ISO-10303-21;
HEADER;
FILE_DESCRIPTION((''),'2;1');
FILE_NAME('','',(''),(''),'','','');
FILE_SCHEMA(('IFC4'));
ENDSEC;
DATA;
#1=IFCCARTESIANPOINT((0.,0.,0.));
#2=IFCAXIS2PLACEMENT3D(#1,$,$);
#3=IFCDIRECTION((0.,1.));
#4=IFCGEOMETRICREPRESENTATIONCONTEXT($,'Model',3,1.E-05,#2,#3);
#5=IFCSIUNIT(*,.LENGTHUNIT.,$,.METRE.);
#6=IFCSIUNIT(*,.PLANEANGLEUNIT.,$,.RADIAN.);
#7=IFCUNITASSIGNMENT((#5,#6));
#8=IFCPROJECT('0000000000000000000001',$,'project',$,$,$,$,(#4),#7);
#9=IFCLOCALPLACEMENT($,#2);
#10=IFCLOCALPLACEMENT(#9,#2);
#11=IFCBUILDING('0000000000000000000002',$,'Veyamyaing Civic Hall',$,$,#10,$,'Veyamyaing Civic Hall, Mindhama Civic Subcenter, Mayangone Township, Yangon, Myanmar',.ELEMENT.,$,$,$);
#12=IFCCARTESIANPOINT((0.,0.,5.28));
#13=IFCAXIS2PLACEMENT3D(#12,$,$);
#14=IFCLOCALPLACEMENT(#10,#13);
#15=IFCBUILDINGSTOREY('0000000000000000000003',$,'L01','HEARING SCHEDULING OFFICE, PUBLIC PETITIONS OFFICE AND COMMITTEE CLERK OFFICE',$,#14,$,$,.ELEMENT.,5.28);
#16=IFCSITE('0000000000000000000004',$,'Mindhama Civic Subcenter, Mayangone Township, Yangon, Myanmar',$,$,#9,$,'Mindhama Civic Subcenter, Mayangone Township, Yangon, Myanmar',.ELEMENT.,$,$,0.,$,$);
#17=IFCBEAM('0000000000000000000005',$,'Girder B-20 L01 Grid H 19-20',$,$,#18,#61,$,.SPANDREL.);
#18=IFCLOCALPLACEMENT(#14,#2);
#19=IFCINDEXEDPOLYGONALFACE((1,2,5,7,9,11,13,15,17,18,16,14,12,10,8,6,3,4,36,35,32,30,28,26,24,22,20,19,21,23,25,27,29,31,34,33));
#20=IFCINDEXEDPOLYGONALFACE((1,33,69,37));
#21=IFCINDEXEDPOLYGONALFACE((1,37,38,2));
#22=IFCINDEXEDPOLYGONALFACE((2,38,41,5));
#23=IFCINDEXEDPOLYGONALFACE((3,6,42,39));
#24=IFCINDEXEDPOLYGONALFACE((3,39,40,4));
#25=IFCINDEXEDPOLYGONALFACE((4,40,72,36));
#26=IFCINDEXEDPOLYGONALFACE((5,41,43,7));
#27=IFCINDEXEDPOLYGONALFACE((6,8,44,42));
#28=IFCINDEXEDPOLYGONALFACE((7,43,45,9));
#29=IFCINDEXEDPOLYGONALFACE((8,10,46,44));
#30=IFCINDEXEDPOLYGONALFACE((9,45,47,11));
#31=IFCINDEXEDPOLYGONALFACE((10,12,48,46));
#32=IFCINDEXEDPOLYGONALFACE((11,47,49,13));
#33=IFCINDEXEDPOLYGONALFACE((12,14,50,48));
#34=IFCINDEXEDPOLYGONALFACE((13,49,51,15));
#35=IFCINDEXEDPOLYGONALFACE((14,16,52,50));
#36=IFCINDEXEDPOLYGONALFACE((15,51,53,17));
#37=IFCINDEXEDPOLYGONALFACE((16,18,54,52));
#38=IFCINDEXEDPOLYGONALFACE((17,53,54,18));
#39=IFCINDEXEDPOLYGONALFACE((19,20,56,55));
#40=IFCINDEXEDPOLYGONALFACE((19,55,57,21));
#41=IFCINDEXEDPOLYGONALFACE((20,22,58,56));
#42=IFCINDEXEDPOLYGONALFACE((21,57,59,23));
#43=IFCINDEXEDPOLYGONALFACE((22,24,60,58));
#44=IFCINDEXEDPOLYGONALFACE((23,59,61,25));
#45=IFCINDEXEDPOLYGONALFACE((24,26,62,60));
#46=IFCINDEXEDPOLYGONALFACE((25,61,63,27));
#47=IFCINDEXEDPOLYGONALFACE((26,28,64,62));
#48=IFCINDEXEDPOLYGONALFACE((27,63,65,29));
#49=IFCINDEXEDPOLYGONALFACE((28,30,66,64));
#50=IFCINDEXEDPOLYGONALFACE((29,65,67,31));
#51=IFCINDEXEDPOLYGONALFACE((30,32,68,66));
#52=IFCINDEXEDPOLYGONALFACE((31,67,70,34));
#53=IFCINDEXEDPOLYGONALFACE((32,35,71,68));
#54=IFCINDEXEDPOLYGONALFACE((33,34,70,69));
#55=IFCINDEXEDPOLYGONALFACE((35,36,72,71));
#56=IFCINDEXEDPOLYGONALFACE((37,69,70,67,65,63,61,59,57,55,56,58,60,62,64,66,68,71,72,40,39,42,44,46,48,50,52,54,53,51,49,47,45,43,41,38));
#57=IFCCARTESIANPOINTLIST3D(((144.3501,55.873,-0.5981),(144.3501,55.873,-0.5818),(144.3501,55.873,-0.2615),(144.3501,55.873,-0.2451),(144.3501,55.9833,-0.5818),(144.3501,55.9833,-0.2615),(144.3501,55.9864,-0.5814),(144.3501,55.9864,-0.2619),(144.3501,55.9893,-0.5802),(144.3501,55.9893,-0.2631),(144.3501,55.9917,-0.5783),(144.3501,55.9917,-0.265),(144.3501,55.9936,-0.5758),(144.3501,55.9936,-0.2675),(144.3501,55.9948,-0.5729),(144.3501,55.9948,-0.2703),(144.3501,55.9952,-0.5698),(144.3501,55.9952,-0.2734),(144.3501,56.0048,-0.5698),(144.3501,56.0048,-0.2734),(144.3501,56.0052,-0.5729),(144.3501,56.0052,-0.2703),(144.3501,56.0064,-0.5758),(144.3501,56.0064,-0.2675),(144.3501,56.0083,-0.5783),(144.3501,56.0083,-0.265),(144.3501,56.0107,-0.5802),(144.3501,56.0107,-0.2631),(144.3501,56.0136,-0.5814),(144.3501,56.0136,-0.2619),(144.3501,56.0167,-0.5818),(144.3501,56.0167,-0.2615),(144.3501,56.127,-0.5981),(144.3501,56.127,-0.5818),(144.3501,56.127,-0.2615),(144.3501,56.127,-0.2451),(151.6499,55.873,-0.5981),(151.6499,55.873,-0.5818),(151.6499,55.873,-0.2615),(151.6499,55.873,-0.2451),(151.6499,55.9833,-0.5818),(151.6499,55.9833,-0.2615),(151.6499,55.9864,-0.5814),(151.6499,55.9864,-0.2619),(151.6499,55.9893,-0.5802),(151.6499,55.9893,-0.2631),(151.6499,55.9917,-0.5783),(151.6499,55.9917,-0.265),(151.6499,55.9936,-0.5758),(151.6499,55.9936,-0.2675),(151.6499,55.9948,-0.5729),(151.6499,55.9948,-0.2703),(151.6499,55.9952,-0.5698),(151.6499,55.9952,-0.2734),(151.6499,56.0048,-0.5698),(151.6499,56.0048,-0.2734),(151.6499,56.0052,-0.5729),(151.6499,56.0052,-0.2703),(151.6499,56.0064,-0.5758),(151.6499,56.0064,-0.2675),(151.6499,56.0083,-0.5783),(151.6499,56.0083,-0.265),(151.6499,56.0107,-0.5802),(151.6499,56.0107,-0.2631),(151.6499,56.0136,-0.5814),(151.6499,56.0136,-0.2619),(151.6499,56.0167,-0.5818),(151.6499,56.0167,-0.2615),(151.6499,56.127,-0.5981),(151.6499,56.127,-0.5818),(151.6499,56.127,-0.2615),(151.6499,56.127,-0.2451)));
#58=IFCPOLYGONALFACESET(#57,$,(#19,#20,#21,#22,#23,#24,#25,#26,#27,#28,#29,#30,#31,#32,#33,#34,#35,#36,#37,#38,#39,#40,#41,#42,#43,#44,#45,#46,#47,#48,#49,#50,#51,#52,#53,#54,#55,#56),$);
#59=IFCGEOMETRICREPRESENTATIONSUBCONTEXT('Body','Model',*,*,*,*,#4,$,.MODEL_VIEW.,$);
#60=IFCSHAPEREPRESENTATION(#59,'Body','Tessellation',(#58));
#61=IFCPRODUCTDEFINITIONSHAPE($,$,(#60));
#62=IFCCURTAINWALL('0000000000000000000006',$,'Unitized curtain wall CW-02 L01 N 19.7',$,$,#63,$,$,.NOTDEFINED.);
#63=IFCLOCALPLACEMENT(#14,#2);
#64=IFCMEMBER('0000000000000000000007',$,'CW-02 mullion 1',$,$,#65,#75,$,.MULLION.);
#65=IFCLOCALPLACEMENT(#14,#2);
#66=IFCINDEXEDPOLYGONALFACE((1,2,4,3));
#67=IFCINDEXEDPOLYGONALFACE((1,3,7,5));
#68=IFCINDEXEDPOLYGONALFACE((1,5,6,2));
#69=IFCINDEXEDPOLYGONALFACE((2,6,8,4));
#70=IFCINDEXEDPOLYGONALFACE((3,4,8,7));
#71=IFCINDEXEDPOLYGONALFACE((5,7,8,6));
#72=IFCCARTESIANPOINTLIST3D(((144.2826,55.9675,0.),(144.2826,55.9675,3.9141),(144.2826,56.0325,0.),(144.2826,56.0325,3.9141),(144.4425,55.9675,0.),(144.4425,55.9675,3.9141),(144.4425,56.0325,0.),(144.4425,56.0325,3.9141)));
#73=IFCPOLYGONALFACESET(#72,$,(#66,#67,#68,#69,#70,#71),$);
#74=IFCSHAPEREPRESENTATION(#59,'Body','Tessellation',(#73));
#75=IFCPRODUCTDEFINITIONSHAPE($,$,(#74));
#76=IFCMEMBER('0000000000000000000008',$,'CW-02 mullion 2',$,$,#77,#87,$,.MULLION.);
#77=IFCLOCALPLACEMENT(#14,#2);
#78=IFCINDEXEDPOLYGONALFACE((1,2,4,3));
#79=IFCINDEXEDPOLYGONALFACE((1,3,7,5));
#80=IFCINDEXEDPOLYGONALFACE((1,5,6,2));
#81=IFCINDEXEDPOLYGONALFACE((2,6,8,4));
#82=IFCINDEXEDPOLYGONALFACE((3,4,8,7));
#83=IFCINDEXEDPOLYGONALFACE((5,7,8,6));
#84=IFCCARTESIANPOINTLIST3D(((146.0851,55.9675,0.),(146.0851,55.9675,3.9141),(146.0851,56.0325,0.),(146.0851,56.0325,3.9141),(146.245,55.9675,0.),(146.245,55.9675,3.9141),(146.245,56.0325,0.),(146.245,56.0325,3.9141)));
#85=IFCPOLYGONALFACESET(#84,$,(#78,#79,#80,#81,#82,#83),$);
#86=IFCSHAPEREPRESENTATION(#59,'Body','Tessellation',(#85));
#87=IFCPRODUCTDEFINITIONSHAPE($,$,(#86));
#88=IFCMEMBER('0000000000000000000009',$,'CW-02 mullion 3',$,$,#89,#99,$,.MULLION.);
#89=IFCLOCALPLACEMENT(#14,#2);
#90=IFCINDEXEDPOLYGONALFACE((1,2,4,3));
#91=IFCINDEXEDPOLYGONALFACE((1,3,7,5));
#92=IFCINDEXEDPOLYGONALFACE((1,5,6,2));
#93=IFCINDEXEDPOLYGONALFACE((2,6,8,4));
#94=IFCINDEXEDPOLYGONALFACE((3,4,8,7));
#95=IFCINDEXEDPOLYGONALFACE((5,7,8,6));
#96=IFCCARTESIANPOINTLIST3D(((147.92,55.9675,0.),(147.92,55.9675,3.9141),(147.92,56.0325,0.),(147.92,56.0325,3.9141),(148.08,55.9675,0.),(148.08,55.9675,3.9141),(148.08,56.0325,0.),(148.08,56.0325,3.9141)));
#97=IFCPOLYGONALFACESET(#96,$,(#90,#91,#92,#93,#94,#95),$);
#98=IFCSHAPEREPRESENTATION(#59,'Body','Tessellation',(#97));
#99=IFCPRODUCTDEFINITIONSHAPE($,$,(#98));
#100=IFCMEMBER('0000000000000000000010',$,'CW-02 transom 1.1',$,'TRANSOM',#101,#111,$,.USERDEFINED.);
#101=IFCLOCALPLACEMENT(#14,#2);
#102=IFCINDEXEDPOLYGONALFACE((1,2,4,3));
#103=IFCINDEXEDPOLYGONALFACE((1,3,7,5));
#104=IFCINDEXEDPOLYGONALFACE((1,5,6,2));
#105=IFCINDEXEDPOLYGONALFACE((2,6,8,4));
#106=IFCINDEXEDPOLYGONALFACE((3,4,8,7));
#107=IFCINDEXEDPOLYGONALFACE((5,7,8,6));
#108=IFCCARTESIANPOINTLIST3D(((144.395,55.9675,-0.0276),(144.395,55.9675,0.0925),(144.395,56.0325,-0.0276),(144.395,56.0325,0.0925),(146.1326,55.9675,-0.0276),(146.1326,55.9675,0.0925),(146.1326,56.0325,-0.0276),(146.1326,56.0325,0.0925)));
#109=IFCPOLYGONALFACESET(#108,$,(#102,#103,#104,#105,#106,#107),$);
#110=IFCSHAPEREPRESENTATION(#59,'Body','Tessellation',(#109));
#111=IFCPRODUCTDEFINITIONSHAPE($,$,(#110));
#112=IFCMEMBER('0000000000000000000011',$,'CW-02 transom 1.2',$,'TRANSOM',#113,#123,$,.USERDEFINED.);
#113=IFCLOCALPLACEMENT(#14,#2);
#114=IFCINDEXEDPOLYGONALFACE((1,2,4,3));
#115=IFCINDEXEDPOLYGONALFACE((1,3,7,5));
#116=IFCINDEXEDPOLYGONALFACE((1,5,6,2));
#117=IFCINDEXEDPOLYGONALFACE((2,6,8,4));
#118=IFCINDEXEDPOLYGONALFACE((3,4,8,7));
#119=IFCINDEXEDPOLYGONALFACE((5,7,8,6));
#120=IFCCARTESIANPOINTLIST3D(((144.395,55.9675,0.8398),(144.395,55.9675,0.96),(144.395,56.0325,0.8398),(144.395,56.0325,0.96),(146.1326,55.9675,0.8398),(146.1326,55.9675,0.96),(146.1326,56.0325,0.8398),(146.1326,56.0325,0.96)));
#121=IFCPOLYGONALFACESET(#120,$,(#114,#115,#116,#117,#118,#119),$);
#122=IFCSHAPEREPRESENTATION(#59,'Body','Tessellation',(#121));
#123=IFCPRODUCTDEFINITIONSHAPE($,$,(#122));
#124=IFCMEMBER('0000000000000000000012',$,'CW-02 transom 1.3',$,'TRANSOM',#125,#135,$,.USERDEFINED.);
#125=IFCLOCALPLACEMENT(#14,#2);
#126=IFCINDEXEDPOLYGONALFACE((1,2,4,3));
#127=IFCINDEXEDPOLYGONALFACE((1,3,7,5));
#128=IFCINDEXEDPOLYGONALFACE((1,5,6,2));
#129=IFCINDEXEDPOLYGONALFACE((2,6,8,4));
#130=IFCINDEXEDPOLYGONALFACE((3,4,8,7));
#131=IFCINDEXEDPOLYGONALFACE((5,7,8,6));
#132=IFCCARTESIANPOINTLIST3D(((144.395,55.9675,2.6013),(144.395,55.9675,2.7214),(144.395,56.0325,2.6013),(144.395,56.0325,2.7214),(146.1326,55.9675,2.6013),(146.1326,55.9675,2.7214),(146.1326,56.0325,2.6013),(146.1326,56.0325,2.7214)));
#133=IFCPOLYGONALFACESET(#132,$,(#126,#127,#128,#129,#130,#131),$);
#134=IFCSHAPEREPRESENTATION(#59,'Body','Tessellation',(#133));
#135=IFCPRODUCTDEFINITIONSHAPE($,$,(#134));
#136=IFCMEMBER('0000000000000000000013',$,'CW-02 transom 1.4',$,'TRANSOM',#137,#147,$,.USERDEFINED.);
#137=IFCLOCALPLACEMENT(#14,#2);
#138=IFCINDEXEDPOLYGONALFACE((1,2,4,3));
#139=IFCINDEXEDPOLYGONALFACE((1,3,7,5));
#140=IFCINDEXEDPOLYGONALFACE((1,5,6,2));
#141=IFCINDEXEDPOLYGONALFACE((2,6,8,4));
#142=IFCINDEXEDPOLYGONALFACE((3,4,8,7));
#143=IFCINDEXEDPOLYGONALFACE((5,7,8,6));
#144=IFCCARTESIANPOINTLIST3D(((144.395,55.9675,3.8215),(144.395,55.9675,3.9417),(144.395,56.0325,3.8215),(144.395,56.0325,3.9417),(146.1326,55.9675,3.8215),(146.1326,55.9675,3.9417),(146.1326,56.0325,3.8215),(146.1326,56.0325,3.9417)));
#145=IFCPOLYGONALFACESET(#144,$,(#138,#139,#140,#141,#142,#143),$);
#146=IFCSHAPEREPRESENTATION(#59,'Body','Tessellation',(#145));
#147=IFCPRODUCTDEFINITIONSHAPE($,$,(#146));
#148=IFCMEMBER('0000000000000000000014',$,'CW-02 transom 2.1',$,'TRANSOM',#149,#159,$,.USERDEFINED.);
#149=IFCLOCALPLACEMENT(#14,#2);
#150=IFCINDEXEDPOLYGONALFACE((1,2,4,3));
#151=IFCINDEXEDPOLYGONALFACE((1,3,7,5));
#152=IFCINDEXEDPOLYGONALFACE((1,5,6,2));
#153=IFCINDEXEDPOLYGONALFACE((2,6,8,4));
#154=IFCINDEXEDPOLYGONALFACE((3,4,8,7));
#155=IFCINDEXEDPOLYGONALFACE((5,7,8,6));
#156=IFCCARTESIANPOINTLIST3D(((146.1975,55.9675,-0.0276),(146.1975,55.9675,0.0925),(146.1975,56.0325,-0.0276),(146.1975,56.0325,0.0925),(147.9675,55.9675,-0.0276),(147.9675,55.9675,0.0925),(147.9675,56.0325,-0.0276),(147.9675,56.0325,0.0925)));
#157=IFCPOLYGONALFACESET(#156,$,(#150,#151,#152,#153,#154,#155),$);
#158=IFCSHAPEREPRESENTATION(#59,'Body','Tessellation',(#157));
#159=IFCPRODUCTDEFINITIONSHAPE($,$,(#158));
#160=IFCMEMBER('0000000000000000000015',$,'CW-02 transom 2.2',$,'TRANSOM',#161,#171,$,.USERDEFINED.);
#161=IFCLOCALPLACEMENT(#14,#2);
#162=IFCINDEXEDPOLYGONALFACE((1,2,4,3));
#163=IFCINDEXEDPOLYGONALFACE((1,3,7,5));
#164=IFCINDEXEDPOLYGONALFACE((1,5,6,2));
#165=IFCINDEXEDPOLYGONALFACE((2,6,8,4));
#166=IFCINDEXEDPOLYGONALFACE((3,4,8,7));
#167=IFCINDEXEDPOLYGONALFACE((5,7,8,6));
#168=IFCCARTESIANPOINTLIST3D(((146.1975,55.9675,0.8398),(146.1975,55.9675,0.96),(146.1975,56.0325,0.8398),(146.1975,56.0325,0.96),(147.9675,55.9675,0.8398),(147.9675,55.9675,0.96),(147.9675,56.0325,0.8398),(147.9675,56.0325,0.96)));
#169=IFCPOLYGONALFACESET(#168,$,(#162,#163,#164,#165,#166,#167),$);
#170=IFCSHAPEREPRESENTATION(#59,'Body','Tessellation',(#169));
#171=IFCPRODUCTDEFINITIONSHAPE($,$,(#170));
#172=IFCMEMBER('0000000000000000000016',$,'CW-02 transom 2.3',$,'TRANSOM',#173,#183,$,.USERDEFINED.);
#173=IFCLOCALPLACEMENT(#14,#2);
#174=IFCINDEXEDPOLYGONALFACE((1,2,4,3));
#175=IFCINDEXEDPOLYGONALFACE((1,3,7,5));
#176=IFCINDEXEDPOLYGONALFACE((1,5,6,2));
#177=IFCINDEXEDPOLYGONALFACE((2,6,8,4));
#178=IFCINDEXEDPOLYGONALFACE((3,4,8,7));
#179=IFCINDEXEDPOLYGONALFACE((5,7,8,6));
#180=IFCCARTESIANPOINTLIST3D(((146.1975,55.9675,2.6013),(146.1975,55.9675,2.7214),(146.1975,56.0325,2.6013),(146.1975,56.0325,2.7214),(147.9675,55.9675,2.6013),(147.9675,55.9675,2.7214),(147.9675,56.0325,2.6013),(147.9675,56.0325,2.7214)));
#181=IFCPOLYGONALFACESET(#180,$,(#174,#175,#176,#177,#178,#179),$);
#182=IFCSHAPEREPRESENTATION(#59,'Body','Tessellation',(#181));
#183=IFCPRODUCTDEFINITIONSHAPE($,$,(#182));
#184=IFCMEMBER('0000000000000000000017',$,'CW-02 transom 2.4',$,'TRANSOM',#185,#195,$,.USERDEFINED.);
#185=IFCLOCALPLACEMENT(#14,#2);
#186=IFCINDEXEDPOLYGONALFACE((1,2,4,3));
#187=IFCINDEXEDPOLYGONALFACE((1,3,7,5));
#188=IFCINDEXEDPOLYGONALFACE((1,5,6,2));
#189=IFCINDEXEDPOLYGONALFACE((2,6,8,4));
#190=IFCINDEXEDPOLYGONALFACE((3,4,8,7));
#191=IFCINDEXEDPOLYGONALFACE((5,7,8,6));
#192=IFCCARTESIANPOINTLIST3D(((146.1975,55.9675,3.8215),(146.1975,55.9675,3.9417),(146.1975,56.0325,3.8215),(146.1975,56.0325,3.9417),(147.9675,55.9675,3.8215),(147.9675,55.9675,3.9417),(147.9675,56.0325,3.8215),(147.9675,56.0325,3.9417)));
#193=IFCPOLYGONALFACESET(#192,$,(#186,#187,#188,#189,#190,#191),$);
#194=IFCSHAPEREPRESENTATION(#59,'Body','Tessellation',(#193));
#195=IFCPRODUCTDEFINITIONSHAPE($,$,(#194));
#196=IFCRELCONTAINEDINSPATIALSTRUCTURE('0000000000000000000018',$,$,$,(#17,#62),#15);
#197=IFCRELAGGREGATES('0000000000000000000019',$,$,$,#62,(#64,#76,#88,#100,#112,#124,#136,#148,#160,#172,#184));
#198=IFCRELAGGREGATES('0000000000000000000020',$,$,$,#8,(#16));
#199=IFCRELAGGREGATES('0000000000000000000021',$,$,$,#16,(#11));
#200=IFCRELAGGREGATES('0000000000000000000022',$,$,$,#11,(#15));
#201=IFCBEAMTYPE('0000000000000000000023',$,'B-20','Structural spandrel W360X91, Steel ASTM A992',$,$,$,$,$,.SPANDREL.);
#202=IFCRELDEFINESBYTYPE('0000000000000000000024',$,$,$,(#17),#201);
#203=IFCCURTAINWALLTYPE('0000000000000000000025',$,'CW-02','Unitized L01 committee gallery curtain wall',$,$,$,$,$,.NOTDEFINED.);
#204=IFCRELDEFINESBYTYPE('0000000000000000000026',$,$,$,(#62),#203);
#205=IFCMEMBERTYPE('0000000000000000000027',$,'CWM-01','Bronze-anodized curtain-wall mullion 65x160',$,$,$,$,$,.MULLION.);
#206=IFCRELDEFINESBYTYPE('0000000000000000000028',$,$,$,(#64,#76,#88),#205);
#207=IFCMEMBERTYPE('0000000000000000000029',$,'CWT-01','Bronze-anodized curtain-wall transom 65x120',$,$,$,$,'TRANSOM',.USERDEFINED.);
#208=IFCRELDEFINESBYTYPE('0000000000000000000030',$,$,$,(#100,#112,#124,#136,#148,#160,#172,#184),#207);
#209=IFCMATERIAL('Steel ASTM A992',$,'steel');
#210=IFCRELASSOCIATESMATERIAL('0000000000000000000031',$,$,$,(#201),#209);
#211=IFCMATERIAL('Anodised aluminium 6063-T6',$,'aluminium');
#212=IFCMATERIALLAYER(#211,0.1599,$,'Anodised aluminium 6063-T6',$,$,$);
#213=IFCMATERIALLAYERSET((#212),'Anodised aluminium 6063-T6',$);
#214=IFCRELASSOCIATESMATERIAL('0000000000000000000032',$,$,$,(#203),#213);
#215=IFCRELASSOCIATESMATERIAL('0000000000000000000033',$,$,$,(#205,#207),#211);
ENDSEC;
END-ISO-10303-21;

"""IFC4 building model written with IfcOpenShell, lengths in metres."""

from ifc_helpers import new_model, si_unit, direction, frame, origin, origin_2d, place, context, subcontext, project, spatial, rectangle, i_section, extrude, material, layer, layer_set, material_profile, profile_set, type_object, element, aggregate, save


model = new_model("IFC4")

# Units and contexts
model_context = context("Model", 3, precision=1e-05, world=origin(), true_north=direction((0.0, 1.0)))
body_context = subcontext(model_context, "Body", "Model", "MODEL_VIEW")
ifc_project = project(units=[si_unit("LENGTHUNIT", "METRE"), si_unit("PLANEANGLEUNIT", "RADIAN")], contexts=[model_context])

# Site, building, storey
site_placement = place(None, origin())
site = spatial("IfcSite", under=ifc_project, at=site_placement, Name="Mindhama Civic Subcenter, Mayangone Township, Yangon, Myanmar", LongName="Mindhama Civic Subcenter, Mayangone Township, Yangon, Myanmar", CompositionType="ELEMENT", RefElevation=0.0)
building_placement = place(site_placement, origin())
building = spatial("IfcBuilding", under=site, at=building_placement, Name="Veyamyaing Civic Hall", LongName="Veyamyaing Civic Hall, Mindhama Civic Subcenter, Mayangone Township, Yangon, Myanmar", CompositionType="ELEMENT")
storey_placement = place(building_placement, frame((0.0, 0.0, 5.28)))
storey = spatial("IfcBuildingStorey", under=building, at=storey_placement, Name="L01", Description="HEARING SCHEDULING OFFICE, PUBLIC PETITIONS OFFICE AND COMMITTEE CLERK OFFICE", CompositionType="ELEMENT", Elevation=5.28)

# Beam
ifc_material_1 = material(Name="Steel ASTM A992", Category="steel")
ifc_material_profile_1 = material_profile(ifc_material_1, i_section(OverallWidth=0.2539, OverallDepth=0.353, WebThickness=0.0095, FlangeThickness=0.0164, FilletRadius=0.012, at=origin_2d()), Name="W360X91")
ifc_profile_set_1 = profile_set([ifc_material_profile_1], Name="Steel ASTM A992")
beam_type = type_object("IfcBeamType", Name="B-20", Description="Structural spandrel W360X91, Steel ASTM A992", PredefinedType="SPANDREL", material=ifc_profile_set_1)
beam_placement = place(storey_placement, frame((144.3501, 56.0, -0.4216), z_axis=(1.0, 0.0, 0.0), x_axis=(0.0, 1.0, 0.0)))
element("IfcBeam", 1, at=beam_placement, inside=storey, type_object=beam_type, Name="Girder B-20 L01 Grid H 19-20", PredefinedType="SPANDREL", context=body_context, shape_type="SweptSolid", body=[
    extrude(i_section(OverallWidth=0.2539, OverallDepth=0.353, WebThickness=0.0095, FlangeThickness=0.0164, FilletRadius=0.012, at=origin_2d()), origin(), (0.0, 0.0, 1.0), 7.2998),
])

# Curtain wall, members
ifc_material_2 = material(Name="Anodised aluminium 6063-T6", Category="aluminium")
ifc_layer_1 = layer(ifc_material_2, 0.1599, Name="Anodised aluminium 6063-T6")
ifc_layer_set_1 = layer_set([ifc_layer_1], Name="Anodised aluminium 6063-T6")
curtain_wall_type = type_object("IfcCurtainWallType", Name="CW-02", Description="Unitized L01 committee gallery curtain wall", PredefinedType="NOTDEFINED", material=ifc_layer_set_1)
curtain_wall_placement = place(storey_placement, origin())
curtain_wall = element("IfcCurtainWall", 2, at=curtain_wall_placement, inside=storey, type_object=curtain_wall_type, Name="Unitized curtain wall CW-02 L01 N 19.7", PredefinedType="NOTDEFINED")
ifc_material_profile_2 = material_profile(ifc_material_2, rectangle(XDim=0.0649, YDim=0.1599, at=origin_2d()), Name="ALU-MUL-65X160")
ifc_profile_set_2 = profile_set([ifc_material_profile_2], Name="Anodised aluminium 6063-T6")
member_type_1 = type_object("IfcMemberType", Name="CWM-01", Description="Bronze-anodized curtain-wall mullion 65x160", PredefinedType="MULLION", material=ifc_profile_set_2)
member_1_placement = place(storey_placement, frame((144.3625, 56.0, 0.0), z_axis=(0.0, 0.0, 1.0), x_axis=(0.0, 1.0, 0.0)))
member_1 = element("IfcMember", 3, at=member_1_placement, type_object=member_type_1, Name="CW-02 mullion 1", PredefinedType="MULLION", context=body_context, shape_type="SweptSolid", body=[
    extrude(rectangle(XDim=0.0649, YDim=0.1599, at=origin_2d()), origin(), (0.0, 0.0, 1.0), 3.9141),
])
member_2_placement = place(storey_placement, frame((146.165, 56.0, 0.0), z_axis=(0.0, 0.0, 1.0), x_axis=(0.0, 1.0, 0.0)))
member_2 = element("IfcMember", 4, at=member_2_placement, type_object=member_type_1, Name="CW-02 mullion 2", PredefinedType="MULLION", context=body_context, shape_type="SweptSolid", body=[
    extrude(rectangle(XDim=0.0649, YDim=0.1599, at=origin_2d()), origin(), (0.0, 0.0, 1.0), 3.9141),
])
member_3_placement = place(storey_placement, frame((148.0, 56.0, 0.0), z_axis=(0.0, 0.0, 1.0), x_axis=(0.0, 1.0, 0.0)))
member_3 = element("IfcMember", 5, at=member_3_placement, type_object=member_type_1, Name="CW-02 mullion 3", PredefinedType="MULLION", context=body_context, shape_type="SweptSolid", body=[
    extrude(rectangle(XDim=0.0649, YDim=0.1599, at=origin_2d()), origin(), (0.0, 0.0, 1.0), 3.9141),
])
ifc_material_profile_3 = material_profile(ifc_material_2, rectangle(XDim=0.0649, YDim=0.1201, at=origin_2d()), Name="ALU-TRN-65X120")
ifc_profile_set_3 = profile_set([ifc_material_profile_3], Name="Anodised aluminium 6063-T6")
member_type_2 = type_object("IfcMemberType", Name="CWT-01", Description="Bronze-anodized curtain-wall transom 65x120", ElementType="TRANSOM", PredefinedType="USERDEFINED", material=ifc_profile_set_3)
member_4_placement = place(storey_placement, frame((144.395, 56.0, 0.0325), z_axis=(1.0, 0.0, 0.0), x_axis=(0.0, 1.0, 0.0)))
member_4 = element("IfcMember", 6, at=member_4_placement, type_object=member_type_2, Name="CW-02 transom 1.1", ObjectType="TRANSOM", PredefinedType="USERDEFINED", context=body_context, shape_type="SweptSolid", body=[
    extrude(rectangle(XDim=0.0649, YDim=0.1201, at=origin_2d()), origin(), (0.0, 0.0, 1.0), 1.7375),
])
member_5_placement = place(storey_placement, frame((144.395, 56.0, 0.8999), z_axis=(1.0, 0.0, 0.0), x_axis=(0.0, 1.0, 0.0)))
member_5 = element("IfcMember", 7, at=member_5_placement, type_object=member_type_2, Name="CW-02 transom 1.2", ObjectType="TRANSOM", PredefinedType="USERDEFINED", context=body_context, shape_type="SweptSolid", body=[
    extrude(rectangle(XDim=0.0649, YDim=0.1201, at=origin_2d()), origin(), (0.0, 0.0, 1.0), 1.7375),
])
member_6_placement = place(storey_placement, frame((144.395, 56.0, 2.6614), z_axis=(1.0, 0.0, 0.0), x_axis=(0.0, 1.0, 0.0)))
member_6 = element("IfcMember", 8, at=member_6_placement, type_object=member_type_2, Name="CW-02 transom 1.3", ObjectType="TRANSOM", PredefinedType="USERDEFINED", context=body_context, shape_type="SweptSolid", body=[
    extrude(rectangle(XDim=0.0649, YDim=0.1201, at=origin_2d()), origin(), (0.0, 0.0, 1.0), 1.7375),
])
member_7_placement = place(storey_placement, frame((144.395, 56.0, 3.8816), z_axis=(1.0, 0.0, 0.0), x_axis=(0.0, 1.0, 0.0)))
member_7 = element("IfcMember", 9, at=member_7_placement, type_object=member_type_2, Name="CW-02 transom 1.4", ObjectType="TRANSOM", PredefinedType="USERDEFINED", context=body_context, shape_type="SweptSolid", body=[
    extrude(rectangle(XDim=0.0649, YDim=0.1201, at=origin_2d()), origin(), (0.0, 0.0, 1.0), 1.7375),
])
member_8_placement = place(storey_placement, frame((146.1975, 56.0, 0.0325), z_axis=(1.0, 0.0, 0.0), x_axis=(0.0, 1.0, 0.0)))
member_8 = element("IfcMember", 10, at=member_8_placement, type_object=member_type_2, Name="CW-02 transom 2.1", ObjectType="TRANSOM", PredefinedType="USERDEFINED", context=body_context, shape_type="SweptSolid", body=[
    extrude(rectangle(XDim=0.0649, YDim=0.1201, at=origin_2d()), origin(), (0.0, 0.0, 1.0), 1.77),
])
member_9_placement = place(storey_placement, frame((146.1975, 56.0, 0.8999), z_axis=(1.0, 0.0, 0.0), x_axis=(0.0, 1.0, 0.0)))
member_9 = element("IfcMember", 11, at=member_9_placement, type_object=member_type_2, Name="CW-02 transom 2.2", ObjectType="TRANSOM", PredefinedType="USERDEFINED", context=body_context, shape_type="SweptSolid", body=[
    extrude(rectangle(XDim=0.0649, YDim=0.1201, at=origin_2d()), origin(), (0.0, 0.0, 1.0), 1.77),
])
member_10_placement = place(storey_placement, frame((146.1975, 56.0, 2.6614), z_axis=(1.0, 0.0, 0.0), x_axis=(0.0, 1.0, 0.0)))
member_10 = element("IfcMember", 12, at=member_10_placement, type_object=member_type_2, Name="CW-02 transom 2.3", ObjectType="TRANSOM", PredefinedType="USERDEFINED", context=body_context, shape_type="SweptSolid", body=[
    extrude(rectangle(XDim=0.0649, YDim=0.1201, at=origin_2d()), origin(), (0.0, 0.0, 1.0), 1.77),
])
member_11_placement = place(storey_placement, frame((146.1975, 56.0, 3.8816), z_axis=(1.0, 0.0, 0.0), x_axis=(0.0, 1.0, 0.0)))
member_11 = element("IfcMember", 13, at=member_11_placement, type_object=member_type_2, Name="CW-02 transom 2.4", ObjectType="TRANSOM", PredefinedType="USERDEFINED", context=body_context, shape_type="SweptSolid", body=[
    extrude(rectangle(XDim=0.0649, YDim=0.1201, at=origin_2d()), origin(), (0.0, 0.0, 1.0), 1.77),
])
aggregate(curtain_wall, [member_1, member_2, member_3, member_4, member_5, member_6, member_7, member_8, member_9, member_10, member_11])

save(model, "model.ifc")
